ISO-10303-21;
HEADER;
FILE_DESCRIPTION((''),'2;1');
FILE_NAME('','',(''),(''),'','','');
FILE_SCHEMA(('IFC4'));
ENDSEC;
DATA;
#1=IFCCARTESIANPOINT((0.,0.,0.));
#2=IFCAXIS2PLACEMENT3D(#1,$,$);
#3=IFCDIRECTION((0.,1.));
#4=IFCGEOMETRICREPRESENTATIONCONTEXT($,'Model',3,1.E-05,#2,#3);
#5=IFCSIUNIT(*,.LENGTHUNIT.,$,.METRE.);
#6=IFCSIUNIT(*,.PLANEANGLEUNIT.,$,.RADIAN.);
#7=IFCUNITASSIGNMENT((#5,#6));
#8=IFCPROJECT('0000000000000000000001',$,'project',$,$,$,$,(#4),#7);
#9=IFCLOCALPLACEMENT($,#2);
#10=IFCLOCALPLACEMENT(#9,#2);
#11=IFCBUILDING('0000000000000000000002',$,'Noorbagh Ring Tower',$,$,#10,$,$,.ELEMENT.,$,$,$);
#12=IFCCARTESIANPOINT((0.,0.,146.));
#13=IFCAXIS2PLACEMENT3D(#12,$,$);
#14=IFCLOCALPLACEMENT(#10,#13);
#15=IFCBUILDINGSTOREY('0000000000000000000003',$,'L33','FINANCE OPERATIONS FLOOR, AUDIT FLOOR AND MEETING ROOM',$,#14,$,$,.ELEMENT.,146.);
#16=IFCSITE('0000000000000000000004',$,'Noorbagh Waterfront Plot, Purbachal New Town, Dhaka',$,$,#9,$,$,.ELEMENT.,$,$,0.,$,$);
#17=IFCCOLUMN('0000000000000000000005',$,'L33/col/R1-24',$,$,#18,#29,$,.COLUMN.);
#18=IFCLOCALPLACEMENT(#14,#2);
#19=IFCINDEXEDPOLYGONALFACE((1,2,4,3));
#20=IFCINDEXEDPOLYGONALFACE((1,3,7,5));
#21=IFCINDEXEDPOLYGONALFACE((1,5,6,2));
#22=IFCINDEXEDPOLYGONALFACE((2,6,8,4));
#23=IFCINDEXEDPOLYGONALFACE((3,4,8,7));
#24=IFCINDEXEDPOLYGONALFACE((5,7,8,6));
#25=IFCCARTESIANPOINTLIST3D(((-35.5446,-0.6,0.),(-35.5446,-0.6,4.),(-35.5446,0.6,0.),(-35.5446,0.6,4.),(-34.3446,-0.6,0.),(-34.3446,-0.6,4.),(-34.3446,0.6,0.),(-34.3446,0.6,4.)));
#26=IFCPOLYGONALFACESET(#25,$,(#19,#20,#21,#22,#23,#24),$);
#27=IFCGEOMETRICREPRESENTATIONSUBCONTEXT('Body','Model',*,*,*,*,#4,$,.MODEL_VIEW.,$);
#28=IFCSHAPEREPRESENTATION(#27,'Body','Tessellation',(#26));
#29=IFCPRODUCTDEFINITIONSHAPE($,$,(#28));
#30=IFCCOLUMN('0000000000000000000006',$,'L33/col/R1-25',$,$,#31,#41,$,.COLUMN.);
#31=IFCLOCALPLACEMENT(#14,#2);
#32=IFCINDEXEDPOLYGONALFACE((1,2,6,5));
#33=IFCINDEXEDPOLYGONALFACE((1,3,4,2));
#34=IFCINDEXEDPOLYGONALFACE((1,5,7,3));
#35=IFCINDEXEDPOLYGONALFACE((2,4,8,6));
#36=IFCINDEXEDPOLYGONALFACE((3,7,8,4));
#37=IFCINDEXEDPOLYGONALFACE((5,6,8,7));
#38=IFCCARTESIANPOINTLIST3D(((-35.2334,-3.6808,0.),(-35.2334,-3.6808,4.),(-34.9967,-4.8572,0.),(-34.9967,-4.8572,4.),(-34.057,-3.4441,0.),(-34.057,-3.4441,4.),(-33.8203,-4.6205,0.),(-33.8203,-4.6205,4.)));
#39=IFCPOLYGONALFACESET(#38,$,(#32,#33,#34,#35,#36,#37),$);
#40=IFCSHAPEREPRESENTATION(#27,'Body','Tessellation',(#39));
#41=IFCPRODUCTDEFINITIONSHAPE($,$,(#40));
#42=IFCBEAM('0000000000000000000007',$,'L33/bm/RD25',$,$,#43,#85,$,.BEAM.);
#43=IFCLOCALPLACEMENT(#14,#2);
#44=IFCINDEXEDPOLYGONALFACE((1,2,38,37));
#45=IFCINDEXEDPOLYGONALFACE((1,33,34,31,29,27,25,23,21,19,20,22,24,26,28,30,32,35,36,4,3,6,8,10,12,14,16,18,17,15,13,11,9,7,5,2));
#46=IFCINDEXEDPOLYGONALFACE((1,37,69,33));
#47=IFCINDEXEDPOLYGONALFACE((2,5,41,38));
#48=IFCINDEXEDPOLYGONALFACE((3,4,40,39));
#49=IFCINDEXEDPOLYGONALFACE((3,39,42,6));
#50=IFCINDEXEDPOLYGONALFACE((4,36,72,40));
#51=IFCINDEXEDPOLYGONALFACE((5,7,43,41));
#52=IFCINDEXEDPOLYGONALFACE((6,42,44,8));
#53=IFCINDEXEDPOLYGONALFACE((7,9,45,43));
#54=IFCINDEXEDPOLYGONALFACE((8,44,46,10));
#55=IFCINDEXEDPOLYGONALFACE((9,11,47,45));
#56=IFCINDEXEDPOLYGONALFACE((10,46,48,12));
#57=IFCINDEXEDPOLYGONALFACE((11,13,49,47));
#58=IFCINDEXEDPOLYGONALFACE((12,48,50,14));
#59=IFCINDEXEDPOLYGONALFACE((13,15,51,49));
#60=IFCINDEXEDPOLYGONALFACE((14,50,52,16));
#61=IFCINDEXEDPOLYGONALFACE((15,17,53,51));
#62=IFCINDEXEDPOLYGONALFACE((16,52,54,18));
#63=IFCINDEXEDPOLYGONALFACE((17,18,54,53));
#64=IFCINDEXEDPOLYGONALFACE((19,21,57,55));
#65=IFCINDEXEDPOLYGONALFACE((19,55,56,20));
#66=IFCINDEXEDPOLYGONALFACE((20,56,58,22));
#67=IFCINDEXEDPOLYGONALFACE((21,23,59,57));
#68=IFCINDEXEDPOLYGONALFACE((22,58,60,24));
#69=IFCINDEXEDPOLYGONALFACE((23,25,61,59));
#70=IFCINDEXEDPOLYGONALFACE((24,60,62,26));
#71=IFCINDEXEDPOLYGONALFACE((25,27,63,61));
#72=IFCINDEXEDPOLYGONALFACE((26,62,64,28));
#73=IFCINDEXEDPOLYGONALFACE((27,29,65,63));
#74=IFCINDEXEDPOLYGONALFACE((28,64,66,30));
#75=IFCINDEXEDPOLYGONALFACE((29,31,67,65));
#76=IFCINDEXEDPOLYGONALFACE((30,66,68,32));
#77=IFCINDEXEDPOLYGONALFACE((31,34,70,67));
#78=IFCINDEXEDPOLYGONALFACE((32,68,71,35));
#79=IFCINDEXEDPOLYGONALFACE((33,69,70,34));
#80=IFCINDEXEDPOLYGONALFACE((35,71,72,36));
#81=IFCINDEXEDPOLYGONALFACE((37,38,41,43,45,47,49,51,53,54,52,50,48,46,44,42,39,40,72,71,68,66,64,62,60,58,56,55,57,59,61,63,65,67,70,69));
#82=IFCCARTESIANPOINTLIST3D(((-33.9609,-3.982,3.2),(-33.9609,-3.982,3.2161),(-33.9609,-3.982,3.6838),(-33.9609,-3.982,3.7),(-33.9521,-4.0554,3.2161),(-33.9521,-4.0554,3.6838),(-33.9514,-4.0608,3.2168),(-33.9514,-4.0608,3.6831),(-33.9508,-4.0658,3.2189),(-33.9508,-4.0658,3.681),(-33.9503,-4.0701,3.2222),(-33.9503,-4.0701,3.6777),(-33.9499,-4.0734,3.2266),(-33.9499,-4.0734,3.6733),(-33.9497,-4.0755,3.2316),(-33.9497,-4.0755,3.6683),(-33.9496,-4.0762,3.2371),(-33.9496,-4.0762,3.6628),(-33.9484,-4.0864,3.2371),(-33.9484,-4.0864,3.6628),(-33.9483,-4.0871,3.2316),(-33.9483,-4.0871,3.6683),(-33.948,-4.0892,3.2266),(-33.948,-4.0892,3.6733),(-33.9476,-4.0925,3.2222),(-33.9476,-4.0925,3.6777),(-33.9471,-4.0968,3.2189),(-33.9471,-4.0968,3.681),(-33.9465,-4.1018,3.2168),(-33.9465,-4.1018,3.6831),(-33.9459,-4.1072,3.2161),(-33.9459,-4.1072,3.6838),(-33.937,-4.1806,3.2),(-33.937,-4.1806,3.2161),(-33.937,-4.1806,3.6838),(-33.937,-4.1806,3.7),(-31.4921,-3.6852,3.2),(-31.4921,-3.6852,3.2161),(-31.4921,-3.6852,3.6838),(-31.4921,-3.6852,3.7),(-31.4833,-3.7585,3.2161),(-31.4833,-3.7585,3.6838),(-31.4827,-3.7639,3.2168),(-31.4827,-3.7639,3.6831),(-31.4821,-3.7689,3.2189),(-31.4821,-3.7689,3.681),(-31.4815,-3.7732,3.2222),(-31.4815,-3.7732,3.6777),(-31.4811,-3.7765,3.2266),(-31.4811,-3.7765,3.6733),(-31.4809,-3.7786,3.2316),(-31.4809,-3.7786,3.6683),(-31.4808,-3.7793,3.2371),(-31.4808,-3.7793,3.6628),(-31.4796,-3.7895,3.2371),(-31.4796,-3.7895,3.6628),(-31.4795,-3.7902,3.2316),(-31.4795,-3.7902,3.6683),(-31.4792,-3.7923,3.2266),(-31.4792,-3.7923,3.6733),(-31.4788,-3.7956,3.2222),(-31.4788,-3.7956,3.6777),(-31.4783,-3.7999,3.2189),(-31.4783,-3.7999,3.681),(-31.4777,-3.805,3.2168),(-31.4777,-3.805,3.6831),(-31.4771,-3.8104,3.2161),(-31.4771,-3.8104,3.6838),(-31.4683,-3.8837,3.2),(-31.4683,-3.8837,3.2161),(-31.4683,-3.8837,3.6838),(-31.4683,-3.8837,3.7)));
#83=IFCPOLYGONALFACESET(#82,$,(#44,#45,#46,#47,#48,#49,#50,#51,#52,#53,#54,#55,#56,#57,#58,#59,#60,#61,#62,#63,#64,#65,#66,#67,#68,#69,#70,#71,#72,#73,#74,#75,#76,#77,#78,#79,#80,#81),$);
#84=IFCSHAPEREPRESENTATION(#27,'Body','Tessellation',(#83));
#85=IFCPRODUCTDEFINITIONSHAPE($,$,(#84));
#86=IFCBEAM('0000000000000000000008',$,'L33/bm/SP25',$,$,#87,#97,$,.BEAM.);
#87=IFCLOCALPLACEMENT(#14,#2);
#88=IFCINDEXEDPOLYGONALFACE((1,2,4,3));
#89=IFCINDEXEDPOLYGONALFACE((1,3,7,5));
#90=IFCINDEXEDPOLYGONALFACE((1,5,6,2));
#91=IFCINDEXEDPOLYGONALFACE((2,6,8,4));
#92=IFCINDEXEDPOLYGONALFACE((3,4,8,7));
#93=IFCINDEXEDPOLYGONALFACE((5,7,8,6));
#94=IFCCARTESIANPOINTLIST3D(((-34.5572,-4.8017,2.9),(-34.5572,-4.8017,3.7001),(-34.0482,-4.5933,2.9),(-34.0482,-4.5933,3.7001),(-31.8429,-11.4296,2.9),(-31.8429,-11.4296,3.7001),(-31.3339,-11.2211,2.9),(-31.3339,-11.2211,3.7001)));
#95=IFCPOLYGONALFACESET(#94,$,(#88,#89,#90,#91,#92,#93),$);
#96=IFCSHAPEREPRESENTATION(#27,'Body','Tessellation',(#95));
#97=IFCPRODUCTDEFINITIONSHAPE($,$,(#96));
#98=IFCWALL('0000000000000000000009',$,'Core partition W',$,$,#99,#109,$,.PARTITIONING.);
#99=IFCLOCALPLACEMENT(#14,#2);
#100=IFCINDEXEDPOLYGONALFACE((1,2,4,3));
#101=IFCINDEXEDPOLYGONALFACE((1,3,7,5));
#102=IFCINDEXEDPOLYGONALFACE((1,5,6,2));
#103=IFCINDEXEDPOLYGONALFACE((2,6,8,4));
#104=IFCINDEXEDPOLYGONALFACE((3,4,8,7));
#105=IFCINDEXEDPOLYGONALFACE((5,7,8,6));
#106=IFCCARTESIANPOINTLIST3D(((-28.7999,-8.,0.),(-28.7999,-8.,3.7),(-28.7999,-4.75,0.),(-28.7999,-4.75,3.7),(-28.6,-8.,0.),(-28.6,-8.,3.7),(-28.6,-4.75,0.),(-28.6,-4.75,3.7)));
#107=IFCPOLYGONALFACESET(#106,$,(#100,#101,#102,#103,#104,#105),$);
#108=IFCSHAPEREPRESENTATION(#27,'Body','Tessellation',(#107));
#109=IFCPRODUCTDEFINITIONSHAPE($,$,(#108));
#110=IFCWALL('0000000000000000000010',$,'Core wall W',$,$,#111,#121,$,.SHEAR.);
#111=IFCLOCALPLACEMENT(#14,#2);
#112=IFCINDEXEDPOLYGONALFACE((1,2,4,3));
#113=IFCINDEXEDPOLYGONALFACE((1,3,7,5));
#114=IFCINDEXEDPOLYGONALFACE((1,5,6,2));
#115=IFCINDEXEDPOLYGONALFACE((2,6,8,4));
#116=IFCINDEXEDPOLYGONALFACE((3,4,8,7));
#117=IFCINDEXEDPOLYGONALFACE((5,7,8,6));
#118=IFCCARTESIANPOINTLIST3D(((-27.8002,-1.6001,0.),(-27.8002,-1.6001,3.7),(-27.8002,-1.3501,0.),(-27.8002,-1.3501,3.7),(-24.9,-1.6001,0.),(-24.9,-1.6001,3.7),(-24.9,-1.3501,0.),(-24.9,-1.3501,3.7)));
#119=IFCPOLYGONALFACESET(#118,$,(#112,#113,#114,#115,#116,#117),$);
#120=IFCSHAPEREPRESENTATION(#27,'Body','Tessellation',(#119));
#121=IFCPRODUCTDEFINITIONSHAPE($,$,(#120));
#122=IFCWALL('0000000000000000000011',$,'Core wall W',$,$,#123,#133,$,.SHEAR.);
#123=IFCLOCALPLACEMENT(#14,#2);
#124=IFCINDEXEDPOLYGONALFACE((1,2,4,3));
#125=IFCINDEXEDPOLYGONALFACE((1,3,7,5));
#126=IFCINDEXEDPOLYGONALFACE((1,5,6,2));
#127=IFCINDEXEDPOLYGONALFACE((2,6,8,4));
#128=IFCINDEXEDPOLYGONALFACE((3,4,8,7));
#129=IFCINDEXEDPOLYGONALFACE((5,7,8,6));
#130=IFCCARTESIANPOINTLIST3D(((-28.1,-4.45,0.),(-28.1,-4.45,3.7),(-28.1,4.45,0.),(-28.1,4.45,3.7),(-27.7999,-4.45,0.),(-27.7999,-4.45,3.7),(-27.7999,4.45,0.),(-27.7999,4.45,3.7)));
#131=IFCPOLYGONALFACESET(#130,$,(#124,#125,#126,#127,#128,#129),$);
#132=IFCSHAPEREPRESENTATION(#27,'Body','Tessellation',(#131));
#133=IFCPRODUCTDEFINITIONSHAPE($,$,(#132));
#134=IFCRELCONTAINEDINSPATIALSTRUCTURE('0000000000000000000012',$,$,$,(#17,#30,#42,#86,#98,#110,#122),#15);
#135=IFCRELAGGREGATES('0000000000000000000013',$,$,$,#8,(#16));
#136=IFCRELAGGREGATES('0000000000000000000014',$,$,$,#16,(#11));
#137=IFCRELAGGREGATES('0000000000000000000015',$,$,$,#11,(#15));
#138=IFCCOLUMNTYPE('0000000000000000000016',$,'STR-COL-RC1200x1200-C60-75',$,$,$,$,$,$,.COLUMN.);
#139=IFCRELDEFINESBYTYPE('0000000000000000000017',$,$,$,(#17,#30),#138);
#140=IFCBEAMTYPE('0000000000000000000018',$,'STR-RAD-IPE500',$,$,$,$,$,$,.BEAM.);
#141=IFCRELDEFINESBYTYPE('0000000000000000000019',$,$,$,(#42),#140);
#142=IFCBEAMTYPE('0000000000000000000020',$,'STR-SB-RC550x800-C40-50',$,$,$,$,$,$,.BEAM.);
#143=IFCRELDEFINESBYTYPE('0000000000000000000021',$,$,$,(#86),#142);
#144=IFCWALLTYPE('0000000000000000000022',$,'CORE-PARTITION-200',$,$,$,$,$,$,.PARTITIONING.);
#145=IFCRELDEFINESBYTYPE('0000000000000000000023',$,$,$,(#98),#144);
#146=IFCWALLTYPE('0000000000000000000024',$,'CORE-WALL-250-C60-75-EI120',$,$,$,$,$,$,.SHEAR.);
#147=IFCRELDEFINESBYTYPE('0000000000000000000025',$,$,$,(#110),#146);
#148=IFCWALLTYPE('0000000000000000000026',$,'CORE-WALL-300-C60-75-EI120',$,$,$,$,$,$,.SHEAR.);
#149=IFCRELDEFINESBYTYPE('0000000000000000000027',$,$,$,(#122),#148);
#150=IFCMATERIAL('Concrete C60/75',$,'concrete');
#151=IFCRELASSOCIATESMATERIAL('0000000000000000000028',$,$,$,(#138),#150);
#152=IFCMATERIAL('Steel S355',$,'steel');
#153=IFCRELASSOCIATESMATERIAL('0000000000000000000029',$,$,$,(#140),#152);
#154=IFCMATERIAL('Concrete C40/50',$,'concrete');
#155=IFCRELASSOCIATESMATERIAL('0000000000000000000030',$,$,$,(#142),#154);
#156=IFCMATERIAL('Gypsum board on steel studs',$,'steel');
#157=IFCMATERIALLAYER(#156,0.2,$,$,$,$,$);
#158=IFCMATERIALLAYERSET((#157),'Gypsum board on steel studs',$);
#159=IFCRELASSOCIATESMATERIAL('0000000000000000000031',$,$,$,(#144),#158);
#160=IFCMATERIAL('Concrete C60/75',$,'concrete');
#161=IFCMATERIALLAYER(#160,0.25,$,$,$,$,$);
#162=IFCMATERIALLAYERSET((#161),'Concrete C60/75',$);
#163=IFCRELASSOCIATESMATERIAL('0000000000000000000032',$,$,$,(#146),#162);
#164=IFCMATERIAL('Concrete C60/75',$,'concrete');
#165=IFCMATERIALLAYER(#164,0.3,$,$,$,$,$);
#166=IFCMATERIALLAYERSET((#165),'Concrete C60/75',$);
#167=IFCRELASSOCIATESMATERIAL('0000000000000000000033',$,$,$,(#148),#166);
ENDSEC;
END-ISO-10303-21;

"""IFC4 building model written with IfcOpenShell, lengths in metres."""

from ifc_helpers import new_model, si_unit, direction, frame, frame_2d, origin, origin_2d, place, context, subcontext, project, spatial, rectangle, i_section, extrude, material, layer, layer_set, material_profile, profile_set, type_object, element, save


model = new_model("IFC4")

# Units and contexts
model_context = context("Model", 3, precision=1e-05, world=origin(), true_north=direction((0.0, 1.0)))
body_context = subcontext(model_context, "Body", "Model", "MODEL_VIEW")
ifc_project = project(units=[si_unit("LENGTHUNIT", "METRE"), si_unit("PLANEANGLEUNIT", "RADIAN")], contexts=[model_context])

# Site, building, storey
site_placement = place(None, origin())
site = spatial("IfcSite", under=ifc_project, at=site_placement, Name="Noorbagh Waterfront Plot, Purbachal New Town, Dhaka", CompositionType="ELEMENT", RefElevation=0.0)
building_placement = place(site_placement, origin())
building = spatial("IfcBuilding", under=site, at=building_placement, Name="Noorbagh Ring Tower", CompositionType="ELEMENT")
storey_placement = place(building_placement, frame((0.0, 0.0, 146.0)))
storey = spatial("IfcBuildingStorey", under=building, at=storey_placement, Name="L33", Description="FINANCE OPERATIONS FLOOR, AUDIT FLOOR AND MEETING ROOM", CompositionType="ELEMENT", Elevation=146.0)

# Columns
ifc_material_1 = material(Name="Concrete C60/75", Category="concrete")
ifc_material_profile_1 = material_profile(ifc_material_1, rectangle(XDim=1.2, YDim=1.2, at=origin_2d()), Name="RC1200x1200")
ifc_profile_set_1 = profile_set([ifc_material_profile_1], Name="Concrete C60/75")
column_type = type_object("IfcColumnType", Name="STR-COL-RC1200x1200-C60-75", PredefinedType="COLUMN", material=ifc_profile_set_1)
for number, where, z_axis, x_axis, name in (
    (1, (-34.9446, 0.0, 0.0), (0.0, 0.0, 1.0), (0.0, -1.0, 0.0), "L33/col/R1-24"),
    (2, (-34.5269, -4.1506, 0.0), (0.0, 0.0, 1.0), (0.19723, -0.980357, 0.0), "L33/col/R1-25"),
):
    element("IfcColumn", number, at=place(storey_placement, frame(where, z_axis=z_axis, x_axis=x_axis)), inside=storey, type_object=column_type, Name=name, PredefinedType="COLUMN", context=body_context, shape_type="SweptSolid", body=[
        extrude(rectangle(XDim=1.2, YDim=1.2, at=origin_2d()), origin(), (0.0, 0.0, 1.0), 4.0),
    ])

# Beams
ifc_material_2 = material(Name="Steel S355", Category="steel")
ifc_material_profile_2 = material_profile(ifc_material_2, i_section(OverallWidth=0.2, OverallDepth=0.5, WebThickness=0.0103, FlangeThickness=0.0161, FilletRadius=0.021, at=origin_2d()), Name="IPE500")
ifc_profile_set_2 = profile_set([ifc_material_profile_2], Name="Steel S355")
beam_type_1 = type_object("IfcBeamType", Name="STR-RAD-IPE500", PredefinedType="BEAM", material=ifc_profile_set_2)
beam_1_placement = place(storey_placement, frame((-33.949, -4.0813, 3.45), z_axis=(0.992847, 0.119393, 0.0), x_axis=(-0.119393, 0.992847, 0.0)))
element("IfcBeam", 3, at=beam_1_placement, inside=storey, type_object=beam_type_1, Name="L33/bm/RD25", PredefinedType="BEAM", context=body_context, shape_type="SweptSolid", body=[
    extrude(i_section(OverallWidth=0.2, OverallDepth=0.5, WebThickness=0.0103, FlangeThickness=0.0161, FilletRadius=0.021, at=origin_2d()), origin(), (0.0, 0.0, 1.0), 2.4866),
])
ifc_material_3 = material(Name="Concrete C40/50", Category="concrete")
ifc_material_profile_3 = material_profile(ifc_material_3, rectangle(XDim=0.55, YDim=0.8, at=origin_2d()), Name="RC550x800")
ifc_profile_set_3 = profile_set([ifc_material_profile_3], Name="Concrete C40/50")
beam_type_2 = type_object("IfcBeamType", Name="STR-SB-RC550x800-C40-50", PredefinedType="BEAM", material=ifc_profile_set_3)
beam_2_placement = place(storey_placement, frame((-34.3027, -4.6975, 3.3), z_axis=(0.378983, -0.925404, 0.0), x_axis=(0.925404, 0.378983, 0.0)))
element("IfcBeam", 4, at=beam_2_placement, inside=storey, type_object=beam_type_2, Name="L33/bm/SP25", PredefinedType="BEAM", context=body_context, shape_type="SweptSolid", body=[
    extrude(rectangle(XDim=0.55, YDim=0.8, at=origin_2d()), origin(), (0.0, 0.0, 1.0), 7.1621),
])

# Walls
ifc_material_4 = material(Name="Gypsum board on steel studs", Category="steel")
ifc_layer_1 = layer(ifc_material_4, 0.2)
ifc_layer_set_1 = layer_set([ifc_layer_1], Name="Gypsum board on steel studs")
wall_type_1 = type_object("IfcWallType", Name="CORE-PARTITION-200", PredefinedType="PARTITIONING", material=ifc_layer_set_1)
wall_1_placement = place(storey_placement, frame((-28.7, -8.0, 0.0), z_axis=(0.0, 0.0, 1.0), x_axis=(0.0, 1.0, 0.0)))
element("IfcWall", 5, at=wall_1_placement, inside=storey, type_object=wall_type_1, Name="Core partition W", PredefinedType="PARTITIONING", context=body_context, shape_type="SweptSolid", body=[
    extrude(rectangle(XDim=3.25, YDim=0.2, at=frame_2d((1.625, 0.0))), origin(), (0.0, 0.0, 1.0), 3.7),
])
ifc_material_5 = material(Name="Concrete C60/75", Category="concrete")
ifc_layer_2 = layer(ifc_material_5, 0.25)
ifc_layer_set_2 = layer_set([ifc_layer_2], Name="Concrete C60/75")
wall_type_2 = type_object("IfcWallType", Name="CORE-WALL-250-C60-75-EI120", PredefinedType="SHEAR", material=ifc_layer_set_2)
wall_2_placement = place(storey_placement, frame((-24.8999, -1.4751, 0.0), z_axis=(0.0, 0.0, 1.0), x_axis=(-1.0, 0.0, 0.0)))
element("IfcWall", 6, at=wall_2_placement, inside=storey, type_object=wall_type_2, Name="Core wall W", PredefinedType="SHEAR", context=body_context, shape_type="SweptSolid", body=[
    extrude(rectangle(XDim=2.9001, YDim=0.25, at=frame_2d((1.4502, 0.0))), origin(), (0.0, 0.0, 1.0), 3.7),
])
ifc_material_6 = material(Name="Concrete C60/75", Category="concrete")
ifc_layer_3 = layer(ifc_material_6, 0.3)
ifc_layer_set_3 = layer_set([ifc_layer_3], Name="Concrete C60/75")
wall_type_3 = type_object("IfcWallType", Name="CORE-WALL-300-C60-75-EI120", PredefinedType="SHEAR", material=ifc_layer_set_3)
wall_3_placement = place(storey_placement, frame((-27.95, -4.45, 0.0), z_axis=(0.0, 0.0, 1.0), x_axis=(0.0, 1.0, 0.0)))
element("IfcWall", 7, at=wall_3_placement, inside=storey, type_object=wall_type_3, Name="Core wall W", PredefinedType="SHEAR", context=body_context, shape_type="SweptSolid", body=[
    extrude(rectangle(XDim=8.8999, YDim=0.3, at=frame_2d((4.45, 0.0))), origin(), (0.0, 0.0, 1.0), 3.7),
])

save(model, "model.ifc")
